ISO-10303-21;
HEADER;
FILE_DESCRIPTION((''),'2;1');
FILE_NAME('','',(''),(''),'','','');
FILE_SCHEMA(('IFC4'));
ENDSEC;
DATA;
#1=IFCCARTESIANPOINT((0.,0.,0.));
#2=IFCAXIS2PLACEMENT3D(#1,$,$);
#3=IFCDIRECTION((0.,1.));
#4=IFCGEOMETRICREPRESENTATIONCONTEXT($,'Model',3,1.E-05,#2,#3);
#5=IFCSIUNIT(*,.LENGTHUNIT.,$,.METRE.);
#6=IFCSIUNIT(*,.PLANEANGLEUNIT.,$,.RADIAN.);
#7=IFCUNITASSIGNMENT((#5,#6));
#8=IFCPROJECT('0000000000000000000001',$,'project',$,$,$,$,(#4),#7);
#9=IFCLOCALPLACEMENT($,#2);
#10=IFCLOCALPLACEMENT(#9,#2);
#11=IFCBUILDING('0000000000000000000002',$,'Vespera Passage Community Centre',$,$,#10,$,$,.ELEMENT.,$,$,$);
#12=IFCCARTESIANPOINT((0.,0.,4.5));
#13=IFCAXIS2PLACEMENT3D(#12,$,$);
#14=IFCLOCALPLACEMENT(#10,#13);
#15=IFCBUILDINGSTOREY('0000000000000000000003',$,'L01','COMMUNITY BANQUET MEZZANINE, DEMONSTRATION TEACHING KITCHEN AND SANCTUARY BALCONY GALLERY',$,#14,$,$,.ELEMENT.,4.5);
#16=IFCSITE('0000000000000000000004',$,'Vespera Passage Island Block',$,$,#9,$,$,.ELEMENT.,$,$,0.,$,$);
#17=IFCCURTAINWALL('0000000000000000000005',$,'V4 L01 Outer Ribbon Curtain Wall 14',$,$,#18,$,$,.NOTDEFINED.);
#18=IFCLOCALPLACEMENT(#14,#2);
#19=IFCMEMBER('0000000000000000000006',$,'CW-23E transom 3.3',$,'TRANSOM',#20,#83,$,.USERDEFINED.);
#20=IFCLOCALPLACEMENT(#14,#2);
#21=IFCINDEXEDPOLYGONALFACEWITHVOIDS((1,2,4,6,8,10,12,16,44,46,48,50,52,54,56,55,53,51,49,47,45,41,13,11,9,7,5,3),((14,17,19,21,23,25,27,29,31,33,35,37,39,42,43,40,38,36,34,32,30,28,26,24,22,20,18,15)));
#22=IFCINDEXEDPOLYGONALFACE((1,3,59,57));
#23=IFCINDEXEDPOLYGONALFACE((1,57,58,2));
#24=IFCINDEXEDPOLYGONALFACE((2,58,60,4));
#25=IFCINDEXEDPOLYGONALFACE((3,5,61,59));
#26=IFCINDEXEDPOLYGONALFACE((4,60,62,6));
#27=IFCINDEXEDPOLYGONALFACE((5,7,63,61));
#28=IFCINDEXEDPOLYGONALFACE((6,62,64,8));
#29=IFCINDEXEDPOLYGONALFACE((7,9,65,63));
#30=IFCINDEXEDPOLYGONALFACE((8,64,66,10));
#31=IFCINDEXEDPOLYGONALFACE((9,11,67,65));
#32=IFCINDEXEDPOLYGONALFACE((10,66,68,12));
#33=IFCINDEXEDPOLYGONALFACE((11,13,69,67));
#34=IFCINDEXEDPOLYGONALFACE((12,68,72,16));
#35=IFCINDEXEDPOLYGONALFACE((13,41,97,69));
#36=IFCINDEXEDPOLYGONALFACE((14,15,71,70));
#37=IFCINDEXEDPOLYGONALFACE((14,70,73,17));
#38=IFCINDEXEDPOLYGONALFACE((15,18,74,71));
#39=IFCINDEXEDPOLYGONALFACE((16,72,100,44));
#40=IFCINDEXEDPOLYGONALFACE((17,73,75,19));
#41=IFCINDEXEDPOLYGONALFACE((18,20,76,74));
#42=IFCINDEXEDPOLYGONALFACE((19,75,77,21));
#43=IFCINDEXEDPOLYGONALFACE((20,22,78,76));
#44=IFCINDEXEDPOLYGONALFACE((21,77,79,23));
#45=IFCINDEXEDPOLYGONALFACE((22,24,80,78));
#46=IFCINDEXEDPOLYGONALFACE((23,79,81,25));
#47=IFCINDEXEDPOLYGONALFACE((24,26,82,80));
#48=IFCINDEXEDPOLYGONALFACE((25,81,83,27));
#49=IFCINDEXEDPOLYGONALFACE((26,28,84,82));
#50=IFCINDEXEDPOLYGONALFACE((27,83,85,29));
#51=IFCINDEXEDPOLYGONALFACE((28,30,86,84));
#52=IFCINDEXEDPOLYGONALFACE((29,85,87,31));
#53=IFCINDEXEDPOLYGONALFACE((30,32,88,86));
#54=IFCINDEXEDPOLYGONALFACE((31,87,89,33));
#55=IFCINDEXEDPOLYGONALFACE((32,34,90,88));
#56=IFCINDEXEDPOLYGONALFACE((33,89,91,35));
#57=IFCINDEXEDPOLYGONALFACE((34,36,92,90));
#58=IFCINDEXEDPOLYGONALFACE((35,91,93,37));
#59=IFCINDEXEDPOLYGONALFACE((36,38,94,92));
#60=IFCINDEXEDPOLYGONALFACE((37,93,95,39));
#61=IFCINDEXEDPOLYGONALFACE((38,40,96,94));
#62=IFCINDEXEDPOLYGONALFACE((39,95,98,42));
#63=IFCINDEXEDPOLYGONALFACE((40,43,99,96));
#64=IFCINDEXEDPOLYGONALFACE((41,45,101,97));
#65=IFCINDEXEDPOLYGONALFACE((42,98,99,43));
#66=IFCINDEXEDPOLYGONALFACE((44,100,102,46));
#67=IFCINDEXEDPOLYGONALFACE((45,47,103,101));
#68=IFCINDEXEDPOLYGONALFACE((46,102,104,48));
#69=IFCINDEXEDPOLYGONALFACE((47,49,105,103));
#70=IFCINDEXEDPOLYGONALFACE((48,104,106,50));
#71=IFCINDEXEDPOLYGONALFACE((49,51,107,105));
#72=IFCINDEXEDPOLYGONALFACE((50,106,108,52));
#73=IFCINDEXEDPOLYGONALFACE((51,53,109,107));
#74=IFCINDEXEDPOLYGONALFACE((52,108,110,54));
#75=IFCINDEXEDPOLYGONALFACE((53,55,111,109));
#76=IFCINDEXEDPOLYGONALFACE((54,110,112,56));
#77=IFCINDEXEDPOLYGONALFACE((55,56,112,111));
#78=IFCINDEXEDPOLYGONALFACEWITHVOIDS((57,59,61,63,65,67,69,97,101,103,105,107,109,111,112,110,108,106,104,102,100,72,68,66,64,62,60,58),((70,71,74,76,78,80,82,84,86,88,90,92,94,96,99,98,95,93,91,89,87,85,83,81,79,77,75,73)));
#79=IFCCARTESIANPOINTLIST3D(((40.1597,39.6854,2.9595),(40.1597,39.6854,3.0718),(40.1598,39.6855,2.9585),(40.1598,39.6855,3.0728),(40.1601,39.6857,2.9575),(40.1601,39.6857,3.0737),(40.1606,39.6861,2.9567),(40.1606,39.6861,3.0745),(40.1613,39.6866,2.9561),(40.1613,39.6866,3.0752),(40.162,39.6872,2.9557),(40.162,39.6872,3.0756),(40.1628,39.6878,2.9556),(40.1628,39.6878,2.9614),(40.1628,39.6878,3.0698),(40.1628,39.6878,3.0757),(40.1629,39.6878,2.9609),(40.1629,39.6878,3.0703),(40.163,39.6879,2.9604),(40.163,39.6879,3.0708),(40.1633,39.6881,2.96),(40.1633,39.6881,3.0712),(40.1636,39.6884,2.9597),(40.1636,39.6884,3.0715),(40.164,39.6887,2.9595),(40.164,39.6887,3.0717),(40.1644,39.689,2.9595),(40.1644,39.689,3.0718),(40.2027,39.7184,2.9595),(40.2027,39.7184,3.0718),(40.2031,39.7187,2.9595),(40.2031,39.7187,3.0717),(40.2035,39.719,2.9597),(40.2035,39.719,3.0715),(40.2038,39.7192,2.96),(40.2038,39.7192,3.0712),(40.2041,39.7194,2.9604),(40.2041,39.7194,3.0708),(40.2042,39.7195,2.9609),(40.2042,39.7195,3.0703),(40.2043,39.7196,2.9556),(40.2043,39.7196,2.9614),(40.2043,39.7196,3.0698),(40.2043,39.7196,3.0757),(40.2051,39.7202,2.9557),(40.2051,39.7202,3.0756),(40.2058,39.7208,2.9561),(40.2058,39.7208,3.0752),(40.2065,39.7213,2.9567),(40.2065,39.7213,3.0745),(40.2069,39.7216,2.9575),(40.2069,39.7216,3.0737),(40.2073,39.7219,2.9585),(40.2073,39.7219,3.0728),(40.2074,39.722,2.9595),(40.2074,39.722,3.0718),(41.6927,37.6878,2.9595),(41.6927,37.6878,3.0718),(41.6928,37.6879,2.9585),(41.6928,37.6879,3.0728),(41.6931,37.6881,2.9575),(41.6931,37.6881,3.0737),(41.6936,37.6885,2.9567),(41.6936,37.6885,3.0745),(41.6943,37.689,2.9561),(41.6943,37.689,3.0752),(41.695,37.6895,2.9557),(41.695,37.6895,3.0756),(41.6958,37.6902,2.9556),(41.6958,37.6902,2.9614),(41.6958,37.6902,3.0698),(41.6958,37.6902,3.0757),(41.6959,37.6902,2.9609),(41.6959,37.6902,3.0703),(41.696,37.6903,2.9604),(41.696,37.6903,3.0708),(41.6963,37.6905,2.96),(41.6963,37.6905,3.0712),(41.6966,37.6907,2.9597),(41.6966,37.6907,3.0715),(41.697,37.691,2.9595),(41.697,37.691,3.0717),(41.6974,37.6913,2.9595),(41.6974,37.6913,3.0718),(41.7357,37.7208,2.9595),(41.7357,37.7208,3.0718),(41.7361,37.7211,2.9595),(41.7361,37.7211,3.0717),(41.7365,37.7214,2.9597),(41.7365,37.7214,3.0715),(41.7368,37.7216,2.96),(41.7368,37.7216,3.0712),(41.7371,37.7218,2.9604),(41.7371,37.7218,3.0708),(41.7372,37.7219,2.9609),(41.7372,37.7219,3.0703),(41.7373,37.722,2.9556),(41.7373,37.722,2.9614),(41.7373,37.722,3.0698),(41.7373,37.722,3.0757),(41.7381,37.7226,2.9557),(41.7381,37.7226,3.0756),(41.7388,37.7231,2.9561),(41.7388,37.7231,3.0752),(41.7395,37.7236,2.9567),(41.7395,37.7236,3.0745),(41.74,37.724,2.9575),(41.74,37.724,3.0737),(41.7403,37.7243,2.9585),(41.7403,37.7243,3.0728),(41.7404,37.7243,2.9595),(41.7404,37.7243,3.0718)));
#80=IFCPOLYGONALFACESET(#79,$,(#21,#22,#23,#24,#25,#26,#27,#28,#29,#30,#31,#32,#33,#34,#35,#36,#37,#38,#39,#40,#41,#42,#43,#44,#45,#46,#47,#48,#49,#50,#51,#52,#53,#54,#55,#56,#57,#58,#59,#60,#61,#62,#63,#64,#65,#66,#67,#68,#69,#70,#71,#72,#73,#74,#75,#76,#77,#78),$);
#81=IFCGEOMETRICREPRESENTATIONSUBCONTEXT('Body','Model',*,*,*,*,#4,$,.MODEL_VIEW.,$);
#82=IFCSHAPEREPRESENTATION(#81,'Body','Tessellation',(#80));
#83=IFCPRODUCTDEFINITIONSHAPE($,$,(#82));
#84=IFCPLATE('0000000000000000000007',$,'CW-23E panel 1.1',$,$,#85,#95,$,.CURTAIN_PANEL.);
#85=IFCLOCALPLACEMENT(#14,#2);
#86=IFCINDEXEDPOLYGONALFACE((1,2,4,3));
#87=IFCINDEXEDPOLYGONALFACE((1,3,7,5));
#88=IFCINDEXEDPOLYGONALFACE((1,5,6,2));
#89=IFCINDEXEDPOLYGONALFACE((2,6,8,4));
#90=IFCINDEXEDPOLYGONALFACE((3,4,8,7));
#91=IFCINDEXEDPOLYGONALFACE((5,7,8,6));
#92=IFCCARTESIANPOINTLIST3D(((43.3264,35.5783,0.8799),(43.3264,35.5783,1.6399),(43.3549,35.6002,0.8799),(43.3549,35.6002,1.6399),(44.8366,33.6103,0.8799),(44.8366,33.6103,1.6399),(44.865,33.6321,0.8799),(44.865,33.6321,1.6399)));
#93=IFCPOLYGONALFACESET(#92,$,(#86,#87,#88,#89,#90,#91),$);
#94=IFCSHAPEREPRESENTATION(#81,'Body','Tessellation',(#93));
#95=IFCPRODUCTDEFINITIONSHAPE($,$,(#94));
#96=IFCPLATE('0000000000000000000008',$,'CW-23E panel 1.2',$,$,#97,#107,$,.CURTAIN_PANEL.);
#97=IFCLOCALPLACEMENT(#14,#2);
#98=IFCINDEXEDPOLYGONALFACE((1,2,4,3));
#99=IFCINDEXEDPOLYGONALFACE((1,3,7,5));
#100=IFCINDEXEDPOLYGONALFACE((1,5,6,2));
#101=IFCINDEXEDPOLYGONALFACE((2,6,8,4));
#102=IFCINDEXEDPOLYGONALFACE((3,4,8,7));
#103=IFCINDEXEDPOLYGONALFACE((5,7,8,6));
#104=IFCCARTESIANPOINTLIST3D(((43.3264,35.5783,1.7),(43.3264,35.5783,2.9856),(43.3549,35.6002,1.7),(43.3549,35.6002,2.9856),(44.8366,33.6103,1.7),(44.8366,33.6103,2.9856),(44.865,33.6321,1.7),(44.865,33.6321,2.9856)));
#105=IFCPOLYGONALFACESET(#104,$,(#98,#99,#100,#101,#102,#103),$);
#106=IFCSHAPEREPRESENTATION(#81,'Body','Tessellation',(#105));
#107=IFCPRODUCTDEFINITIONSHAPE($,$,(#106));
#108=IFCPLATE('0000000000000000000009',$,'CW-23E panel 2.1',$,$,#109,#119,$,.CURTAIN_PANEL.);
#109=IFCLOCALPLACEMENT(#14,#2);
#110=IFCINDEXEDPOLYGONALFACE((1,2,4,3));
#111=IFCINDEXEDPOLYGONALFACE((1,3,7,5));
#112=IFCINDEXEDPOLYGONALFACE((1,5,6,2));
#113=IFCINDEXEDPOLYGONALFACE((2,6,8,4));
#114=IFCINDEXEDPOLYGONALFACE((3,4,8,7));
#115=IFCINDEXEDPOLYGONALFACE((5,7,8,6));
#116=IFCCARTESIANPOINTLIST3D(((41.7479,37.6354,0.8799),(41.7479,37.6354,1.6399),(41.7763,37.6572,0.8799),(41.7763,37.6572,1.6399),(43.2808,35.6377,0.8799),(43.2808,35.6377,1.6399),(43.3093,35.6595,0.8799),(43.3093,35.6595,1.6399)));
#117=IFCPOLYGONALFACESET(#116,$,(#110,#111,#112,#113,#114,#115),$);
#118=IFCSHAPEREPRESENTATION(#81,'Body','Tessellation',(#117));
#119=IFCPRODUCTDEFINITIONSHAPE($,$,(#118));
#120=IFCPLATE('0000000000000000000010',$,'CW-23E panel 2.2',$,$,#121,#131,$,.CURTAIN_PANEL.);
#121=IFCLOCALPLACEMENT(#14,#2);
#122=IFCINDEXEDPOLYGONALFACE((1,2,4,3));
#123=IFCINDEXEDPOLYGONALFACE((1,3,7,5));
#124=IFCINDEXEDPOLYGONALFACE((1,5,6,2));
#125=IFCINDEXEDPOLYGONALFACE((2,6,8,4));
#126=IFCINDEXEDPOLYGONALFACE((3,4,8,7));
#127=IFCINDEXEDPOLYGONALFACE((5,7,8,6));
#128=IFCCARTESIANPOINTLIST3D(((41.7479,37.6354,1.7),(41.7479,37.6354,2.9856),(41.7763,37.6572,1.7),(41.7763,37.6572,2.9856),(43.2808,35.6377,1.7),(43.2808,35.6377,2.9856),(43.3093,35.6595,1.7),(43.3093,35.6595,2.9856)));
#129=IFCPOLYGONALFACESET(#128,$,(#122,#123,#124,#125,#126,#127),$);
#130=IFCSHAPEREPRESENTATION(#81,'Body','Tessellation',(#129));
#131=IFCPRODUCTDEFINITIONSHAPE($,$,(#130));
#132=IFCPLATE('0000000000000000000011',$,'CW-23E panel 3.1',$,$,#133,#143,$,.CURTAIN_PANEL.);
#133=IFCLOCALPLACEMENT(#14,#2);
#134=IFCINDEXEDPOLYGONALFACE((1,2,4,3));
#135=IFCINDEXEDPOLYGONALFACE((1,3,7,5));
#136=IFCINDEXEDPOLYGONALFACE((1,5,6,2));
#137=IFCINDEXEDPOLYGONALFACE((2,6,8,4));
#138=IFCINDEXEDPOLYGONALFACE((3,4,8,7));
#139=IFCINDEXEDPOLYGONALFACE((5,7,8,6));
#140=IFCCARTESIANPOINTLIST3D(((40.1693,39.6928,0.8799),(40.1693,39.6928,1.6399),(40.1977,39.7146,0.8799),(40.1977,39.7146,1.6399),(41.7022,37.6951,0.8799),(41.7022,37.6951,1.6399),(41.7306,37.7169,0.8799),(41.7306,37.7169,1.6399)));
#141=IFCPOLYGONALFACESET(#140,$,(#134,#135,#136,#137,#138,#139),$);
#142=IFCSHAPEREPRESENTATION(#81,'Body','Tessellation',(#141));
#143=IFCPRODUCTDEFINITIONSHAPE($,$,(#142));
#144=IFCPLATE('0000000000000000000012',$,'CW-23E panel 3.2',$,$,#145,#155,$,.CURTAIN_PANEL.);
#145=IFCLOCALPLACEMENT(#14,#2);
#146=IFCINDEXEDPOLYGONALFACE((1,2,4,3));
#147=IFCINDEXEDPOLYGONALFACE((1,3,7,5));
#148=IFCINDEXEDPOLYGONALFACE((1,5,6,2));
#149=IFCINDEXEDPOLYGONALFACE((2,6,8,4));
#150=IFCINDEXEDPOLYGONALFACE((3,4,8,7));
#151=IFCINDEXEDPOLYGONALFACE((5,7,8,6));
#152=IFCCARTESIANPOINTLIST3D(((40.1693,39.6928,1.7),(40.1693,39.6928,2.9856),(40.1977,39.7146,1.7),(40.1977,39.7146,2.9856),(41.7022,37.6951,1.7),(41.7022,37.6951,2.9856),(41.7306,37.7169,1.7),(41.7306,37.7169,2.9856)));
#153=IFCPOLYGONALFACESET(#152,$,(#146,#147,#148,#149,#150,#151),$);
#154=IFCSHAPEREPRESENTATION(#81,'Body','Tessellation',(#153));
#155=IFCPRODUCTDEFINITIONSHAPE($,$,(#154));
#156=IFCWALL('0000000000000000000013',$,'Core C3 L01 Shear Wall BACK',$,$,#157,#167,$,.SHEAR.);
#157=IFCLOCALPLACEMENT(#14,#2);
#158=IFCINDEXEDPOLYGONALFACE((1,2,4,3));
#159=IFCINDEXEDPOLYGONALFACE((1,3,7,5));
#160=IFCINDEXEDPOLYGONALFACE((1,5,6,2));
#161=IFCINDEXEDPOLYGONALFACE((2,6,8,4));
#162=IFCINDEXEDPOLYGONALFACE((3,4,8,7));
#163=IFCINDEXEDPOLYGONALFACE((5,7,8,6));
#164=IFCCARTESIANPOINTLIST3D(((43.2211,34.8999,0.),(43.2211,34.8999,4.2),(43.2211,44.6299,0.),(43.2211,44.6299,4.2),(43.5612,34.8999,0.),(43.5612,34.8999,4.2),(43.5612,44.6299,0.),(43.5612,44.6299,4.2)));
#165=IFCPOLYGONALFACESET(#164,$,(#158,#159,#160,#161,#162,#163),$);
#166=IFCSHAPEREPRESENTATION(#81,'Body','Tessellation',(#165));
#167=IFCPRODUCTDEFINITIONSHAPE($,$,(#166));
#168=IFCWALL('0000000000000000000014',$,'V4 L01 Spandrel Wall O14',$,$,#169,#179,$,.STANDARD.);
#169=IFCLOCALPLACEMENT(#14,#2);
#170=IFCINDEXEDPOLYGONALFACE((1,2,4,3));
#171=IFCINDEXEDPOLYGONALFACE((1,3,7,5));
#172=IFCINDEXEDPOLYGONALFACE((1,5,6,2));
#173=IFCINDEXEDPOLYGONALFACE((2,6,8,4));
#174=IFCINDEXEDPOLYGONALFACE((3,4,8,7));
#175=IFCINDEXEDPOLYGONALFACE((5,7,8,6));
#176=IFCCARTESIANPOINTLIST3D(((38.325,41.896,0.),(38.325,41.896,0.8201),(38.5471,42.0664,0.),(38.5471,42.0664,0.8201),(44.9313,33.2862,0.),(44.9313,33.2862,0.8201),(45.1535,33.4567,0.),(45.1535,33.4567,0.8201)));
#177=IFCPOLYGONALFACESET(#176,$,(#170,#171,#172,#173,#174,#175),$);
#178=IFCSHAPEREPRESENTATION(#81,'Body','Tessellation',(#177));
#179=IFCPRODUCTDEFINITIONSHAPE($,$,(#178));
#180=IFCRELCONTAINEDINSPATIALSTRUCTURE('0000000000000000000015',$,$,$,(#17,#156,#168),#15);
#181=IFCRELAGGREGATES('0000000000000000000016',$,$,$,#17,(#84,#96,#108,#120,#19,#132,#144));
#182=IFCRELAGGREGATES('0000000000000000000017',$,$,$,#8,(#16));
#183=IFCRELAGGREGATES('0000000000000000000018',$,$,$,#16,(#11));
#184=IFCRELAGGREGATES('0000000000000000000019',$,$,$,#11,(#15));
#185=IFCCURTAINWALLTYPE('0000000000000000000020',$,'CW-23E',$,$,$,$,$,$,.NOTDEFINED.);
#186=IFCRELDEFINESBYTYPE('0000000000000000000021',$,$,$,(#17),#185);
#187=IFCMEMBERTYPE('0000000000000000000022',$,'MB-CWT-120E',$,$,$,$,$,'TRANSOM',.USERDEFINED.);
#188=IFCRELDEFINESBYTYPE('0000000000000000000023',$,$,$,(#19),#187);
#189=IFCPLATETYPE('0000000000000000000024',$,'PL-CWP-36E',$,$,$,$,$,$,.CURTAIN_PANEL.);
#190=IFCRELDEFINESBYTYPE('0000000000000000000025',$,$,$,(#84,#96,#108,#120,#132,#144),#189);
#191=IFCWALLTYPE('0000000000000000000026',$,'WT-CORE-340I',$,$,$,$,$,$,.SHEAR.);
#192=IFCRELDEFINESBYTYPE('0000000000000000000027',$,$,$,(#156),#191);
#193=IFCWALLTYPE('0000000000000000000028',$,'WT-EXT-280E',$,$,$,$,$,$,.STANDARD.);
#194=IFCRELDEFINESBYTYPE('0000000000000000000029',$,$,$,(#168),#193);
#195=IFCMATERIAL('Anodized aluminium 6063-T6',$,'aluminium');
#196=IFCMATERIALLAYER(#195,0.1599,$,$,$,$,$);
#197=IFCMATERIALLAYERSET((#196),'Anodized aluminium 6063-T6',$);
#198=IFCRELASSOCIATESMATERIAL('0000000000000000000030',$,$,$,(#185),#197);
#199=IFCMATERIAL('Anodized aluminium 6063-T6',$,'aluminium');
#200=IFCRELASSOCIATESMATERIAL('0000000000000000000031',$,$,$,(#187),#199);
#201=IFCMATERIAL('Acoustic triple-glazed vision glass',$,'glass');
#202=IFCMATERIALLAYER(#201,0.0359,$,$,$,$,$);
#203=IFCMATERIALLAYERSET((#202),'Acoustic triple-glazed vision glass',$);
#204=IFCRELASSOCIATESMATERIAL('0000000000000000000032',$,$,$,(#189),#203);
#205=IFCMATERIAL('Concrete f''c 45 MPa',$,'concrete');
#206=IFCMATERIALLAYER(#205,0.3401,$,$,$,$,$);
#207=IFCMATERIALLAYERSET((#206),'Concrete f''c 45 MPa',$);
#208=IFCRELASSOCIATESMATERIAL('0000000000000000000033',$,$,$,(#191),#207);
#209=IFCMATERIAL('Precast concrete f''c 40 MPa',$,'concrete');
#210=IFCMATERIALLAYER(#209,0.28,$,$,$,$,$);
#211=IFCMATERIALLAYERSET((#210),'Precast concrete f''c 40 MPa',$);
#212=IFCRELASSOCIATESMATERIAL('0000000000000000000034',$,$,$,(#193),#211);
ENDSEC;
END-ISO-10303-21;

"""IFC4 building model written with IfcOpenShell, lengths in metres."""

from ifc_helpers import new_model, si_unit, direction, frame, frame_2d, origin, origin_2d, place, context, subcontext, project, spatial, rectangle, hollow_rectangle, extrude, material, layer, layer_set, material_profile, profile_set, type_object, element, aggregate, save


model = new_model("IFC4")

# Units and contexts
model_context = context("Model", 3, precision=1e-05, world=origin(), true_north=direction((0.0, 1.0)))
body_context = subcontext(model_context, "Body", "Model", "MODEL_VIEW")
ifc_project = project(units=[si_unit("LENGTHUNIT", "METRE"), si_unit("PLANEANGLEUNIT", "RADIAN")], contexts=[model_context])

# Site, building, storey
site_placement = place(None, origin())
site = spatial("IfcSite", under=ifc_project, at=site_placement, Name="Vespera Passage Island Block", CompositionType="ELEMENT", RefElevation=0.0)
building_placement = place(site_placement, origin())
building = spatial("IfcBuilding", under=site, at=building_placement, Name="Vespera Passage Community Centre", CompositionType="ELEMENT")
storey_placement = place(building_placement, frame((0.0, 0.0, 4.5)))
storey = spatial("IfcBuildingStorey", under=building, at=storey_placement, Name="L01", Description="COMMUNITY BANQUET MEZZANINE, DEMONSTRATION TEACHING KITCHEN AND SANCTUARY BALCONY GALLERY", CompositionType="ELEMENT", Elevation=4.5)

# Curtain wall, member, plates
ifc_material_1 = material(Name="Anodized aluminium 6063-T6", Category="aluminium")
ifc_layer_1 = layer(ifc_material_1, 0.1599)
ifc_layer_set_1 = layer_set([ifc_layer_1], Name="Anodized aluminium 6063-T6")
curtain_wall_type = type_object("IfcCurtainWallType", Name="CW-23E", PredefinedType="NOTDEFINED", material=ifc_layer_set_1)
curtain_wall_placement = place(storey_placement, origin())
curtain_wall = element("IfcCurtainWall", 1, at=curtain_wall_placement, inside=storey, type_object=curtain_wall_type, Name="V4 L01 Outer Ribbon Curtain Wall 14", PredefinedType="NOTDEFINED")
ifc_material_2 = material(Name="Anodized aluminium 6063-T6", Category="aluminium")
ifc_material_profile_1 = material_profile(ifc_material_2, hollow_rectangle(XDim=0.0601, YDim=0.1201, WallThickness=0.0039, InnerFilletRadius=0.002, OuterFilletRadius=0.0039, at=origin_2d()), Name="ALU120X60X4")
ifc_profile_set_1 = profile_set([ifc_material_profile_1], Name="Anodized aluminium 6063-T6")
member_type_1 = type_object("IfcMemberType", Name="MB-CWT-120E", ElementType="TRANSOM", PredefinedType="USERDEFINED", material=ifc_profile_set_1)
member_1_placement = place(storey_placement, frame((41.7166, 37.7061, 3.0156), z_axis=(-0.608806, 0.793319, 0.0), x_axis=(-0.793319, -0.608806, 0.0)))
member_1 = element("IfcMember", 2, at=member_1_placement, type_object=member_type_1, Name="CW-23E transom 3.3", ObjectType="TRANSOM", PredefinedType="USERDEFINED", context=body_context, shape_type="SweptSolid", body=[
    extrude(hollow_rectangle(XDim=0.0601, YDim=0.1201, WallThickness=0.0039, InnerFilletRadius=0.002, OuterFilletRadius=0.0039, at=origin_2d()), origin(), (0.0, 0.0, 1.0), 2.5181),
])
ifc_material_3 = material(Name="Acoustic triple-glazed vision glass", Category="glass")
ifc_layer_2 = layer(ifc_material_3, 0.0359)
ifc_layer_set_2 = layer_set([ifc_layer_2], Name="Acoustic triple-glazed vision glass")
plate_type = type_object("IfcPlateType", Name="PL-CWP-36E", PredefinedType="CURTAIN_PANEL", material=ifc_layer_set_2)
plate_1_placement = place(storey_placement, frame((44.0957, 34.6052, 0.8799), z_axis=(0.0, 0.0, 1.0), x_axis=(-0.608765, 0.79335, 0.0)))
plate_1 = element("IfcPlate", 3, at=plate_1_placement, type_object=plate_type, Name="CW-23E panel 1.1", PredefinedType="CURTAIN_PANEL", context=body_context, shape_type="SweptSolid", body=[
    extrude(rectangle(XDim=2.4807, YDim=0.0359, at=origin_2d()), origin(), (0.0, 0.0, 1.0), 0.76),
])
plate_2_placement = place(storey_placement, frame((44.0957, 34.6052, 1.7), z_axis=(0.0, 0.0, 1.0), x_axis=(-0.608765, 0.79335, 0.0)))
plate_2 = element("IfcPlate", 4, at=plate_2_placement, type_object=plate_type, Name="CW-23E panel 1.2", PredefinedType="CURTAIN_PANEL", context=body_context, shape_type="SweptSolid", body=[
    extrude(rectangle(XDim=2.4807, YDim=0.0359, at=origin_2d()), origin(), (0.0, 0.0, 1.0), 1.2856),
])
plate_3_placement = place(storey_placement, frame((42.5286, 36.6475, 0.8799), z_axis=(0.0, 0.0, 1.0), x_axis=(-0.608765, 0.79335, 0.0)))
plate_3 = element("IfcPlate", 5, at=plate_3_placement, type_object=plate_type, Name="CW-23E panel 2.1", PredefinedType="CURTAIN_PANEL", context=body_context, shape_type="SweptSolid", body=[
    extrude(rectangle(XDim=2.5181, YDim=0.0359, at=origin_2d()), origin(), (0.0, 0.0, 1.0), 0.76),
])
plate_4_placement = place(storey_placement, frame((42.5286, 36.6475, 1.7), z_axis=(0.0, 0.0, 1.0), x_axis=(-0.608765, 0.79335, 0.0)))
plate_4 = element("IfcPlate", 6, at=plate_4_placement, type_object=plate_type, Name="CW-23E panel 2.2", PredefinedType="CURTAIN_PANEL", context=body_context, shape_type="SweptSolid", body=[
    extrude(rectangle(XDim=2.5181, YDim=0.0359, at=origin_2d()), origin(), (0.0, 0.0, 1.0), 1.2856),
])
plate_5_placement = place(storey_placement, frame((40.95, 38.7048, 0.8799), z_axis=(0.0, 0.0, 1.0), x_axis=(-0.608765, 0.79335, 0.0)))
plate_5 = element("IfcPlate", 7, at=plate_5_placement, type_object=plate_type, Name="CW-23E panel 3.1", PredefinedType="CURTAIN_PANEL", context=body_context, shape_type="SweptSolid", body=[
    extrude(rectangle(XDim=2.5181, YDim=0.0359, at=origin_2d()), origin(), (0.0, 0.0, 1.0), 0.76),
])
plate_6_placement = place(storey_placement, frame((40.95, 38.7048, 1.7), z_axis=(0.0, 0.0, 1.0), x_axis=(-0.608765, 0.79335, 0.0)))
plate_6 = element("IfcPlate", 8, at=plate_6_placement, type_object=plate_type, Name="CW-23E panel 3.2", PredefinedType="CURTAIN_PANEL", context=body_context, shape_type="SweptSolid", body=[
    extrude(rectangle(XDim=2.5181, YDim=0.0359, at=origin_2d()), origin(), (0.0, 0.0, 1.0), 1.2856),
])
aggregate(curtain_wall, [plate_1, plate_2, plate_3, plate_4, member_1, plate_5, plate_6])

# Walls
ifc_material_4 = material(Name="Concrete f'c 45 MPa", Category="concrete")
ifc_layer_3 = layer(ifc_material_4, 0.3401)
ifc_layer_set_3 = layer_set([ifc_layer_3], Name="Concrete f'c 45 MPa")
wall_type_1 = type_object("IfcWallType", Name="WT-CORE-340I", PredefinedType="SHEAR", material=ifc_layer_set_3)
wall_1_placement = place(storey_placement, frame((43.3911, 34.8999, 0.0), z_axis=(0.0, 0.0, 1.0), x_axis=(0.0, 1.0, 0.0)))
element("IfcWall", 9, at=wall_1_placement, inside=storey, type_object=wall_type_1, Name="Core C3 L01 Shear Wall BACK", PredefinedType="SHEAR", context=body_context, shape_type="SweptSolid", body=[
    extrude(rectangle(XDim=9.73, YDim=0.3401, at=frame_2d((4.865, 0.0))), origin(), (0.0, 0.0, 1.0), 4.2),
])
ifc_material_5 = material(Name="Precast concrete f'c 40 MPa", Category="concrete")
ifc_layer_4 = layer(ifc_material_5, 0.28)
ifc_layer_set_4 = layer_set([ifc_layer_4], Name="Precast concrete f'c 40 MPa")
wall_type_2 = type_object("IfcWallType", Name="WT-EXT-280E", PredefinedType="STANDARD", material=ifc_layer_set_4)
wall_2_placement = place(storey_placement, frame((45.0425, 33.3713, 0.0), z_axis=(0.0, 0.0, 1.0), x_axis=(-0.608754, 0.793359, 0.0)))
element("IfcWall", 10, at=wall_2_placement, inside=storey, type_object=wall_type_2, Name="V4 L01 Spandrel Wall O14", PredefinedType="STANDARD", context=body_context, shape_type="SweptSolid", body=[
    extrude(rectangle(XDim=10.8523, YDim=0.28, at=frame_2d((5.4263, 0.0))), origin(), (0.0, 0.0, 1.0), 0.8201),
])

save(model, "model.ifc")
